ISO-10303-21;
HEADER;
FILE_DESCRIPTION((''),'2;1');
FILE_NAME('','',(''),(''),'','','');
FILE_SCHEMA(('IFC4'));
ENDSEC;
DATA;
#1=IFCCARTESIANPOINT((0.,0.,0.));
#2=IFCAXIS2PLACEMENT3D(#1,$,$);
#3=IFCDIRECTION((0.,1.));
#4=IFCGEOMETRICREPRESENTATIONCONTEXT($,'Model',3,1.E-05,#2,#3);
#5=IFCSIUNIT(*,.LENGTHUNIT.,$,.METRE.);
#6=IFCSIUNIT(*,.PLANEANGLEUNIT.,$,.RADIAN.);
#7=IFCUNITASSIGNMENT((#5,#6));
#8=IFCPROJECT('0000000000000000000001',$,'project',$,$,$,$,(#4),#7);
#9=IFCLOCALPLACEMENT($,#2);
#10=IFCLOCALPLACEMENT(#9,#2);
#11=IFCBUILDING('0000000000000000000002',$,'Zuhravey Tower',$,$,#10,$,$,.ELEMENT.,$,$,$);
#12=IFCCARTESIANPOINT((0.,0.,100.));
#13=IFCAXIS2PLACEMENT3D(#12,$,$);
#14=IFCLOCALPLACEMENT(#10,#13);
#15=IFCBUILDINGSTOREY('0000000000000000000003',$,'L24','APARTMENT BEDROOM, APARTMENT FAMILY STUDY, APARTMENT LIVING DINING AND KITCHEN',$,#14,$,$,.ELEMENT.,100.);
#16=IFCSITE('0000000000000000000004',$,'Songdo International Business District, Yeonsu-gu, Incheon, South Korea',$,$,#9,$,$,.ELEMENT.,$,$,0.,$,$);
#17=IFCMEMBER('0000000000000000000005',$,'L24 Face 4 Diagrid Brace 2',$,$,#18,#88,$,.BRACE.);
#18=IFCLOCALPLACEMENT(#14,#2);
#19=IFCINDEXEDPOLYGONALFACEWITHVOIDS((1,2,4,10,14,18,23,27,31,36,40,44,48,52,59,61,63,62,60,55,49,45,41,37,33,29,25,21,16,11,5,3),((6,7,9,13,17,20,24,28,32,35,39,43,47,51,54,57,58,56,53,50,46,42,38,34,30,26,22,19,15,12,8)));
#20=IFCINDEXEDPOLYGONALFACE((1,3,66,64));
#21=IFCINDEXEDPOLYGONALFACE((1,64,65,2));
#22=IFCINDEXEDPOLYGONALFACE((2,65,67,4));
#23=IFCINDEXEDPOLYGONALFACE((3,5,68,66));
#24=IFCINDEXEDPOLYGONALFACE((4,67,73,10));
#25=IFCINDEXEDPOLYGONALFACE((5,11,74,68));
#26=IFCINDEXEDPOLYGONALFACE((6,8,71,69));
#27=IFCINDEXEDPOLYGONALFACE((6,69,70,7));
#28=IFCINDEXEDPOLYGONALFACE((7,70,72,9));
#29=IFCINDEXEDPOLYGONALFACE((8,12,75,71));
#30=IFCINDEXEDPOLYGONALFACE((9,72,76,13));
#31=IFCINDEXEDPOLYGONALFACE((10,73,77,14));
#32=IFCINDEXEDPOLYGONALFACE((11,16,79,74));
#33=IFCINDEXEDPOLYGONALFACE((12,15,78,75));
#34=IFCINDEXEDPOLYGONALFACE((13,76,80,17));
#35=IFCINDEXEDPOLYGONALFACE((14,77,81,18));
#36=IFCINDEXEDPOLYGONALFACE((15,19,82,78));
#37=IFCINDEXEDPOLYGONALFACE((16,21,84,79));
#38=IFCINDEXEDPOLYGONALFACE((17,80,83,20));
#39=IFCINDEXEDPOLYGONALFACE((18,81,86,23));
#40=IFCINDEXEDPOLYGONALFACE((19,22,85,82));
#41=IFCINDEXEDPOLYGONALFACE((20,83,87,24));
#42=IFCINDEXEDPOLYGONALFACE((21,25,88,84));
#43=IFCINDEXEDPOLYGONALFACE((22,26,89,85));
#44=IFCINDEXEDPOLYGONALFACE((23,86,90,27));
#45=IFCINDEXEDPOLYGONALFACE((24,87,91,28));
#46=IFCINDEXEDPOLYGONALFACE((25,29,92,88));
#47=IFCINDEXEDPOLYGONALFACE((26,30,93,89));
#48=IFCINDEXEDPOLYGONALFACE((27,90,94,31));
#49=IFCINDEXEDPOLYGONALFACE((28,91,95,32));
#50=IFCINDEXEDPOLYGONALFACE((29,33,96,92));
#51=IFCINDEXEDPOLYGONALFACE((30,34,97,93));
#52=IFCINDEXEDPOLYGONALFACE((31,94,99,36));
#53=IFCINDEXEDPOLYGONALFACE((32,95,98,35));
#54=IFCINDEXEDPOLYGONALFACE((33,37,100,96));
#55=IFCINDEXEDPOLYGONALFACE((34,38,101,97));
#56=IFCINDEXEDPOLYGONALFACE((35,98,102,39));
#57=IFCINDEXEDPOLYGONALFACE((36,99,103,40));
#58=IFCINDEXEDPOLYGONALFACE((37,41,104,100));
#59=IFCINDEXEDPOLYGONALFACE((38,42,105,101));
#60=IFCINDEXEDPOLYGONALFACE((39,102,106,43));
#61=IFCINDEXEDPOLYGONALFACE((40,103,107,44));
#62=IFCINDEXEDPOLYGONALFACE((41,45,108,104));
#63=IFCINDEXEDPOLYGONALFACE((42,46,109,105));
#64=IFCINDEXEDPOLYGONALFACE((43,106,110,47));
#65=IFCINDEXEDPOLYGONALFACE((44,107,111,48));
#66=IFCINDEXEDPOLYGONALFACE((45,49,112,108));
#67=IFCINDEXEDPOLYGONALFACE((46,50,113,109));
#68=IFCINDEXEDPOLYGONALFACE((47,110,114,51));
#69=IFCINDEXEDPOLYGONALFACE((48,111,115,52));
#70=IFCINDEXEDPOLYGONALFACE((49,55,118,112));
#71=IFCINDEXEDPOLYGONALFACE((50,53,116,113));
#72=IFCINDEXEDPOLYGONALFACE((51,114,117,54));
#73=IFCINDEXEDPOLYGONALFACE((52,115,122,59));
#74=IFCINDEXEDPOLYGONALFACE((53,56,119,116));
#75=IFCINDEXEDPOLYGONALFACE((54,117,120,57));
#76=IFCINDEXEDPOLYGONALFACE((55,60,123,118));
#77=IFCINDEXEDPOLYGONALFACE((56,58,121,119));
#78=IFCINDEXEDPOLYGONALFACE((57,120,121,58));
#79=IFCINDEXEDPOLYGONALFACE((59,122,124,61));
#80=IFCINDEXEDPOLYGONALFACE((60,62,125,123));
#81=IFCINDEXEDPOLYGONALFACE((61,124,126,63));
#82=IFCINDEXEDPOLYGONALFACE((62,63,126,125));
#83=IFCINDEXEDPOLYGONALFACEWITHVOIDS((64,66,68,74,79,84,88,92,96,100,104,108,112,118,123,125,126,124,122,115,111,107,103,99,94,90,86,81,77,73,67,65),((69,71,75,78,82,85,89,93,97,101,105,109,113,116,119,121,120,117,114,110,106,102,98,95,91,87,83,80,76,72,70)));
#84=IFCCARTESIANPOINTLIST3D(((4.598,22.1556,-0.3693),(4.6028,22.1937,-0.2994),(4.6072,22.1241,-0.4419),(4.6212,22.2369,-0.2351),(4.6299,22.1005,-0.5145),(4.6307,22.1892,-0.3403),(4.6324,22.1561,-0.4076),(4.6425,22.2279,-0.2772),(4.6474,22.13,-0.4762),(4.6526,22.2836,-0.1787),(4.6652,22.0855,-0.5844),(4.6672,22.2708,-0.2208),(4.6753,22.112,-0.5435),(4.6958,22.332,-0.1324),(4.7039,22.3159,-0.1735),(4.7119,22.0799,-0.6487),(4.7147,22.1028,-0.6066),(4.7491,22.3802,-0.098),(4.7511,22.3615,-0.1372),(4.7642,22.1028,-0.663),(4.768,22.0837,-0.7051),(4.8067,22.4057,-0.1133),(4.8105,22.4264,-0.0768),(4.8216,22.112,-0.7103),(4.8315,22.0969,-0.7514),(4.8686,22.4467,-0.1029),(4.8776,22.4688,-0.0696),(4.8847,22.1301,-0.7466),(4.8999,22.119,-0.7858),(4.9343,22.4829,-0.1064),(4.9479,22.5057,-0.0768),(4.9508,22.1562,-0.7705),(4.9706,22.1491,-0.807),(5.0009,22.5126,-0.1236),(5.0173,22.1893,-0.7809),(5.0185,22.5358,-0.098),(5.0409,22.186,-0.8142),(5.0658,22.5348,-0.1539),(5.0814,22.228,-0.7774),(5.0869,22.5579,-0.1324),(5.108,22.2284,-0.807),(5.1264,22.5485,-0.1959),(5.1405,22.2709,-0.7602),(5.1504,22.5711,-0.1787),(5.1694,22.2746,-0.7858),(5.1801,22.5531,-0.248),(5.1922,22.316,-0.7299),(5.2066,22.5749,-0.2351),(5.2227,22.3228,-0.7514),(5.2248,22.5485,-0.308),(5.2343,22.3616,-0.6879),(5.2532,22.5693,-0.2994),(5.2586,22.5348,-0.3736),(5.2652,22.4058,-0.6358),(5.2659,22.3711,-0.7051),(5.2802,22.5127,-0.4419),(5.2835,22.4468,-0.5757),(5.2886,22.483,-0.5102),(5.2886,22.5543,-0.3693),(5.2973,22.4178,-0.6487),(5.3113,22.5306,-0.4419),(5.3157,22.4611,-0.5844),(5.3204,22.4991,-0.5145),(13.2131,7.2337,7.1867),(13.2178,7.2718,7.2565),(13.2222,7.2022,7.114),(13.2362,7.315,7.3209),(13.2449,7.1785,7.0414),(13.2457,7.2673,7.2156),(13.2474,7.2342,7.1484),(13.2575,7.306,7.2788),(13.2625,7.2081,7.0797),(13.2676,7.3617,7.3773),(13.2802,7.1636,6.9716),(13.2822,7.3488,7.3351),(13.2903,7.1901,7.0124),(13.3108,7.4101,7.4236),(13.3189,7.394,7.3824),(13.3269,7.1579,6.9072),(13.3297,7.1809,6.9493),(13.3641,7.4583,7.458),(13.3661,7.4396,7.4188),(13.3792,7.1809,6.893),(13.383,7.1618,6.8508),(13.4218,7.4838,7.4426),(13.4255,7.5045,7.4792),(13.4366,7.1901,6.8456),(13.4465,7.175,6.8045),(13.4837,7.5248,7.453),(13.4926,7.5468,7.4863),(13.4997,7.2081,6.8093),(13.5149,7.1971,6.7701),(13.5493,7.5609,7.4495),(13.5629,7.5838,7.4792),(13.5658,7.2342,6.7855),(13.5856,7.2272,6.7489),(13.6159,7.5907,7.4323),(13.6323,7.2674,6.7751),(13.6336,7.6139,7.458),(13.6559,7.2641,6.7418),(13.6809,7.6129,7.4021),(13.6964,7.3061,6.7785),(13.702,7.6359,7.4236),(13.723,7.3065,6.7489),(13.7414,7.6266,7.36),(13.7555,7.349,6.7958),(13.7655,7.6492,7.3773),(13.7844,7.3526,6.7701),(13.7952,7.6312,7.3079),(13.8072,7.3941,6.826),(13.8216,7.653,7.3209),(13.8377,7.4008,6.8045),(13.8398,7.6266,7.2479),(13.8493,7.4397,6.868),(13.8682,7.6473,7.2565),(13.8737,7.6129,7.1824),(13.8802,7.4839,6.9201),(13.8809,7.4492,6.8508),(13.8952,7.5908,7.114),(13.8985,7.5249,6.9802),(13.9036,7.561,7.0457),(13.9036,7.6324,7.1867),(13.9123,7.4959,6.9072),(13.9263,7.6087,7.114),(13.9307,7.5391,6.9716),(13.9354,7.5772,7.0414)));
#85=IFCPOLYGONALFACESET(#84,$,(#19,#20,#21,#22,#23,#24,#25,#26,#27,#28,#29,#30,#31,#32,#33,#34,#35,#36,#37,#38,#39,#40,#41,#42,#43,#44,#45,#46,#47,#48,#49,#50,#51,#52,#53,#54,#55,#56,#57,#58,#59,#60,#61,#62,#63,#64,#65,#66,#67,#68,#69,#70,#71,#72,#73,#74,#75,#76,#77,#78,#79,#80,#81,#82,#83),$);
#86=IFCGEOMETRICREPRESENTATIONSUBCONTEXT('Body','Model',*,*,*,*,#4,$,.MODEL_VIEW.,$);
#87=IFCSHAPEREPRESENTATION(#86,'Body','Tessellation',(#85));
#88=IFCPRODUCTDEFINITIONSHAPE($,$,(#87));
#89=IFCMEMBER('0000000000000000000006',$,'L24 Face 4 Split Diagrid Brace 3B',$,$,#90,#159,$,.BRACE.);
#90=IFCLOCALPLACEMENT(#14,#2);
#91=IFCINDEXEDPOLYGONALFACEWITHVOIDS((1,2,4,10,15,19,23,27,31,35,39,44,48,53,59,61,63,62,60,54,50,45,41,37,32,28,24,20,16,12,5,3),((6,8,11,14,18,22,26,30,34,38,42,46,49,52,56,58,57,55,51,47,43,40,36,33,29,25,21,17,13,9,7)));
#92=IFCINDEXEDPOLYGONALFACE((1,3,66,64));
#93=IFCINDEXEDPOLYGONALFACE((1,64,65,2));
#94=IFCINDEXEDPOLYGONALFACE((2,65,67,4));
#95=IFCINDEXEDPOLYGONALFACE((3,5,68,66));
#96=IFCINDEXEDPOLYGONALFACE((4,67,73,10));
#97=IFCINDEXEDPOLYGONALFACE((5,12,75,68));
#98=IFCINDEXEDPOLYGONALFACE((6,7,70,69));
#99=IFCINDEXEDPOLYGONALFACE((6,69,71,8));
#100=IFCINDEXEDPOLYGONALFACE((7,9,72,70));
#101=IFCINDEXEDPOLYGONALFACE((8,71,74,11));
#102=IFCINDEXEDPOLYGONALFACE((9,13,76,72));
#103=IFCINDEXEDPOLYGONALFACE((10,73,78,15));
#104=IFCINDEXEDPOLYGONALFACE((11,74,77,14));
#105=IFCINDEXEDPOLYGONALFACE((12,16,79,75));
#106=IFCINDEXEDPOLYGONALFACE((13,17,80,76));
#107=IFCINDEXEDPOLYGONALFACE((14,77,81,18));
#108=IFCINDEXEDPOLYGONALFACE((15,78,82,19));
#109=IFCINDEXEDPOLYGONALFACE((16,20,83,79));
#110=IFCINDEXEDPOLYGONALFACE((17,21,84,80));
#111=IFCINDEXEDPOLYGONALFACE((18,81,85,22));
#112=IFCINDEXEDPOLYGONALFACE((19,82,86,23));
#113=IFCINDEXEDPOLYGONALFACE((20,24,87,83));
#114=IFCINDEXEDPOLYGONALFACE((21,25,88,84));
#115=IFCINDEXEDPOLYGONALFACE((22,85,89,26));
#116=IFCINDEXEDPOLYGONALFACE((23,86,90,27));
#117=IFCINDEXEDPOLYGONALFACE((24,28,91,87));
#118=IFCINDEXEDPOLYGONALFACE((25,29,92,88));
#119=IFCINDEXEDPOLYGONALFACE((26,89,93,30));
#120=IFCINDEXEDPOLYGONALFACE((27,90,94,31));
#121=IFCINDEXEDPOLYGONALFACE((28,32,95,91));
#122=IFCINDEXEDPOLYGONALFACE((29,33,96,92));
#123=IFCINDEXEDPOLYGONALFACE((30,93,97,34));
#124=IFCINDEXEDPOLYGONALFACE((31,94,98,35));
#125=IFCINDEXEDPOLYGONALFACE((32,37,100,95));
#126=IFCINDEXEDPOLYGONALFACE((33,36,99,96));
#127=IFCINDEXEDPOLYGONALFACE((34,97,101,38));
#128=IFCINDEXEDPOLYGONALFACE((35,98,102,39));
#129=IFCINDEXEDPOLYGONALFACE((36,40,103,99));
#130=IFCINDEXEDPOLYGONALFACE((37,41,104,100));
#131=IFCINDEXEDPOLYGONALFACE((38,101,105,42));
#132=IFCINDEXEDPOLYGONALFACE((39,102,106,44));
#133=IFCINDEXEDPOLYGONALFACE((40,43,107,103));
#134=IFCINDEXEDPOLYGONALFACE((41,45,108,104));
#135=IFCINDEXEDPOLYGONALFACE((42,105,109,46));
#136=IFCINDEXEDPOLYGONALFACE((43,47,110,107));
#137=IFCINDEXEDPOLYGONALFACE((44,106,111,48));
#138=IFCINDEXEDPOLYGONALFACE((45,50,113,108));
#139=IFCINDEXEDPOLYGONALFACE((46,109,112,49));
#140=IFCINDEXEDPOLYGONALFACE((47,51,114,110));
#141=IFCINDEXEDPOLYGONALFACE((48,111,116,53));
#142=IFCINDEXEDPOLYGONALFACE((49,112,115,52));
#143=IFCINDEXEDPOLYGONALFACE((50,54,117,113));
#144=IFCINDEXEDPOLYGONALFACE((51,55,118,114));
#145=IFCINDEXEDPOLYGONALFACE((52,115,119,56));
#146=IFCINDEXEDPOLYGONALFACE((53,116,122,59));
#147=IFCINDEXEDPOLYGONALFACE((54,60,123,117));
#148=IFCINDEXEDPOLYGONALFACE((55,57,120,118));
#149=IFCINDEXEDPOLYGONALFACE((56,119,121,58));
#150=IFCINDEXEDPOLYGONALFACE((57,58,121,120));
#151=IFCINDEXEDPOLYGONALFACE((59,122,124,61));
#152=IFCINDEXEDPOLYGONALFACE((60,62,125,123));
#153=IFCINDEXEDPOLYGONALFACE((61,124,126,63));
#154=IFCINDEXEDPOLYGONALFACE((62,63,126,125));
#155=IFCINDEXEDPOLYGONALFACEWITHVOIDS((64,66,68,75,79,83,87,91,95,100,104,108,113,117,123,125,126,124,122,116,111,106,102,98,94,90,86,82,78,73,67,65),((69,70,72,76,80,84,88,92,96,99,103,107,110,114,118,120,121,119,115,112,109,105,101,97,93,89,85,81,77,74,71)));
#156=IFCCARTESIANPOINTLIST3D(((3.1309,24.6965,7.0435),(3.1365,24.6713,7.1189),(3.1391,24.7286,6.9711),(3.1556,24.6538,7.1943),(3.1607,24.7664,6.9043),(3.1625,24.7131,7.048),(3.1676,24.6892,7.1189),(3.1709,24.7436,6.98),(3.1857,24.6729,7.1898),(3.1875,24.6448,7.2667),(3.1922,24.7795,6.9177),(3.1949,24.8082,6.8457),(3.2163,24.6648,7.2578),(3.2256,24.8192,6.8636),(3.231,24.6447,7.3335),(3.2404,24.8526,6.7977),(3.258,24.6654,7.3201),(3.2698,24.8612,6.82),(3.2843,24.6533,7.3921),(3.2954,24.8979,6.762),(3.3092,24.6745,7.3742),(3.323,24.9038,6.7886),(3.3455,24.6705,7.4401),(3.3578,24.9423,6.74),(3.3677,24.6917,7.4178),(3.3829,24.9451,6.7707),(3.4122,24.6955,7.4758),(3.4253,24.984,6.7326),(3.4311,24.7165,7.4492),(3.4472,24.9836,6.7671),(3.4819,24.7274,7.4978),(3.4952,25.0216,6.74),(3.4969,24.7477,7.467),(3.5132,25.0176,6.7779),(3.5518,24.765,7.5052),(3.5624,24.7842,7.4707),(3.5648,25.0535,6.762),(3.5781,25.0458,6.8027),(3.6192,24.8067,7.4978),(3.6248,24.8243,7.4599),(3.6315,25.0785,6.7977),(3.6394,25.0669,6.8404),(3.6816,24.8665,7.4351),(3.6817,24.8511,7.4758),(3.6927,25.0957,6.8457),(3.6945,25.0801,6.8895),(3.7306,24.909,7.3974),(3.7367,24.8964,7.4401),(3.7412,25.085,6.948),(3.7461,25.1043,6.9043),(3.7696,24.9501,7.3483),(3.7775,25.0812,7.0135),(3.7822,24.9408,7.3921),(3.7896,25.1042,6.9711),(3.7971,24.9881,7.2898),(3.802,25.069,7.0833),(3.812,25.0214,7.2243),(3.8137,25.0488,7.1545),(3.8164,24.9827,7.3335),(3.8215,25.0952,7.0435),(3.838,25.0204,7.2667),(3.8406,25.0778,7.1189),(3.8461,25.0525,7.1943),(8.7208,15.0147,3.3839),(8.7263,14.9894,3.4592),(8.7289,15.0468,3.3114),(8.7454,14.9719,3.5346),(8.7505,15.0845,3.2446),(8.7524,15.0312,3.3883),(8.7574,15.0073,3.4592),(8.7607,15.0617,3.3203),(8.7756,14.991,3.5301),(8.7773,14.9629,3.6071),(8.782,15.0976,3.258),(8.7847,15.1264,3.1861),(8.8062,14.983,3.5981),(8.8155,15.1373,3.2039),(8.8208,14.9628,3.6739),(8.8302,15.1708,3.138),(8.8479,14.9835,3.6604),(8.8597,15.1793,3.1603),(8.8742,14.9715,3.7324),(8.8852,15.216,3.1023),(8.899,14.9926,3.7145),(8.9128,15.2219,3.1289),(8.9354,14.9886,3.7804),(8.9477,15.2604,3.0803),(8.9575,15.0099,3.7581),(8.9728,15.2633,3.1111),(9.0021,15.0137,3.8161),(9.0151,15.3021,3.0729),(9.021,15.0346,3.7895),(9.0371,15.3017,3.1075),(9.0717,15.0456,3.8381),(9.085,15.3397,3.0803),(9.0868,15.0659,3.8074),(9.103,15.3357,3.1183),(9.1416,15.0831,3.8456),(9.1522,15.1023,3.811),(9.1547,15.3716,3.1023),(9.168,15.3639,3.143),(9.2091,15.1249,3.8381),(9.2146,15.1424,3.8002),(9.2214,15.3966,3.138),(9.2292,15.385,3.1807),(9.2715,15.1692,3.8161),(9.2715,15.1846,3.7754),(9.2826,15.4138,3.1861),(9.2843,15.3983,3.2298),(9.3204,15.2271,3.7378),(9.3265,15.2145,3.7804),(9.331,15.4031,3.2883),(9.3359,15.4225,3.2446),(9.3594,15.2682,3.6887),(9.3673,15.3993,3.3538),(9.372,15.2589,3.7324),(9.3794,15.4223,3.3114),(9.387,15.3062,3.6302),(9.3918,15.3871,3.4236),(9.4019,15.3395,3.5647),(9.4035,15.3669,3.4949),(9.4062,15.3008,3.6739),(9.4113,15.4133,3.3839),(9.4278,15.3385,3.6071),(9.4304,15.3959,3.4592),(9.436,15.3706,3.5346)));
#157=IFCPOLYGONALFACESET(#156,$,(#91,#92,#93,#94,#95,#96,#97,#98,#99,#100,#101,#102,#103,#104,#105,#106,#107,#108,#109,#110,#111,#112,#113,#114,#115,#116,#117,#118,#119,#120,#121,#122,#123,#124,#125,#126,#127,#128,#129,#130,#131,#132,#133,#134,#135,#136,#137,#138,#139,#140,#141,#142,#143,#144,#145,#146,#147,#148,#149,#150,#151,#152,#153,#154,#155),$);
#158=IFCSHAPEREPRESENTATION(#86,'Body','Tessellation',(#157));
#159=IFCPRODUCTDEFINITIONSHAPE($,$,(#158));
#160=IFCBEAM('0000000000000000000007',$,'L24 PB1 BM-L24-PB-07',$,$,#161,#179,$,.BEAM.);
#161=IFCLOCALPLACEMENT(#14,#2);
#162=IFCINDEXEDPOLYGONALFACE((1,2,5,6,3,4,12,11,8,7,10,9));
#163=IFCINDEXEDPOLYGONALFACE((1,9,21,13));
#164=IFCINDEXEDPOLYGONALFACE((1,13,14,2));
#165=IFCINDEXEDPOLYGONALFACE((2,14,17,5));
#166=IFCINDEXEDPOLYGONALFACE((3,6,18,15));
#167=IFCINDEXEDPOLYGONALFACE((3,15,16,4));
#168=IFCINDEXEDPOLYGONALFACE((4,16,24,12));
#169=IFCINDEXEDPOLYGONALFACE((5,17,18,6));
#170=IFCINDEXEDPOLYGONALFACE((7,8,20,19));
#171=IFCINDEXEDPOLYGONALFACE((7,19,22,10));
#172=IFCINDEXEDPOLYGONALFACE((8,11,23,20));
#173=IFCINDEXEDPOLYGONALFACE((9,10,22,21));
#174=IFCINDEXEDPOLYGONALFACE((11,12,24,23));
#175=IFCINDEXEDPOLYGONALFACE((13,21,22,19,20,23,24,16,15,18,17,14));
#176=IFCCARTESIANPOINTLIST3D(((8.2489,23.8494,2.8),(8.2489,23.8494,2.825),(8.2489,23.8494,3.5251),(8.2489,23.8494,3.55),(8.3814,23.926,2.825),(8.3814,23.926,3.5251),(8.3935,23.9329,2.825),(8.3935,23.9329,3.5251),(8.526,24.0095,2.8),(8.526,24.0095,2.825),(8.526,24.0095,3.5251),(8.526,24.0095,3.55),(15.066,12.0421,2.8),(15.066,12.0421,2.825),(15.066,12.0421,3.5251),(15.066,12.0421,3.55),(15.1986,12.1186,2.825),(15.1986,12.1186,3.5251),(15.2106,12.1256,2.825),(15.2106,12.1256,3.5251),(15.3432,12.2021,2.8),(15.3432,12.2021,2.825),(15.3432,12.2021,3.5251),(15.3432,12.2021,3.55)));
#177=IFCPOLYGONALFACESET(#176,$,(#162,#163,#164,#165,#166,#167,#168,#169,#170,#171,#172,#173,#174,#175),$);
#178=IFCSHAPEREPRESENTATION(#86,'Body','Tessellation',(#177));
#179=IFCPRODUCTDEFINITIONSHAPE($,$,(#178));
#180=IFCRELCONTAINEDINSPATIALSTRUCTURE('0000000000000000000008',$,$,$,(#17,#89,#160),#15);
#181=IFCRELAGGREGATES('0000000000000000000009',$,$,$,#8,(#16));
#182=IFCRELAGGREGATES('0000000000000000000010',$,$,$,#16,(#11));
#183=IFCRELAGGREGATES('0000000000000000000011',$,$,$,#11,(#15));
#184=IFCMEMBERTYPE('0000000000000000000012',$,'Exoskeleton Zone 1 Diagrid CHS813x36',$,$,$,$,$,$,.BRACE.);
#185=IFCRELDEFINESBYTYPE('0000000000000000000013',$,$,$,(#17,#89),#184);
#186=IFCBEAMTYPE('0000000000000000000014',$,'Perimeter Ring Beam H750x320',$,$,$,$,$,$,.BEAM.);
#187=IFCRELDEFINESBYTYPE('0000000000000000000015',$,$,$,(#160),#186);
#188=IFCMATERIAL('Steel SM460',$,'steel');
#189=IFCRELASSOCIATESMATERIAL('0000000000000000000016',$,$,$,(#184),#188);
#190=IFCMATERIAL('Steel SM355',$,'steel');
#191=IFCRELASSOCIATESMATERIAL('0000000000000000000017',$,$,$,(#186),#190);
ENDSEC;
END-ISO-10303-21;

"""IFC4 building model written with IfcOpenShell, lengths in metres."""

from ifc_helpers import new_model, si_unit, direction, frame, origin, origin_2d, place, context, subcontext, project, spatial, hollow_circle, i_section, extrude, material, material_profile, profile_set, type_object, element, save


model = new_model("IFC4")

# Units and contexts
model_context = context("Model", 3, precision=1e-05, world=origin(), true_north=direction((0.0, 1.0)))
body_context = subcontext(model_context, "Body", "Model", "MODEL_VIEW")
ifc_project = project(units=[si_unit("LENGTHUNIT", "METRE"), si_unit("PLANEANGLEUNIT", "RADIAN")], contexts=[model_context])

# Site, building, storey
site_placement = place(None, origin())
site = spatial("IfcSite", under=ifc_project, at=site_placement, Name="Songdo International Business District, Yeonsu-gu, Incheon, South Korea", CompositionType="ELEMENT", RefElevation=0.0)
building_placement = place(site_placement, origin())
building = spatial("IfcBuilding", under=site, at=building_placement, Name="Zuhravey Tower", CompositionType="ELEMENT")
storey_placement = place(building_placement, frame((0.0, 0.0, 100.0)))
storey = spatial("IfcBuildingStorey", under=building, at=storey_placement, Name="L24", Description="APARTMENT BEDROOM, APARTMENT FAMILY STUDY, APARTMENT LIVING DINING AND KITCHEN", CompositionType="ELEMENT", Elevation=100.0)

# Members
ifc_material_1 = material(Name="Steel SM355", Category="steel")
ifc_material_2 = material(Name="Steel SM460", Category="steel")
ifc_material_profile_1 = material_profile(ifc_material_2, hollow_circle(Radius=0.4065, WallThickness=0.0359, at=origin_2d()), Name="CHS-812.8x36")
ifc_profile_set_1 = profile_set([ifc_material_profile_1], Name="Steel SM460")
member_type_1 = type_object("IfcMemberType", Name="Exoskeleton Zone 1 Diagrid CHS813x36", PredefinedType="BRACE", material=ifc_profile_set_1)
member_1_placement = place(storey_placement, frame((4.9592, 22.3274, -0.4419), z_axis=(0.4579, -0.79312, 0.401608), x_axis=(0.866029, 0.499993, 0.0)))
element("IfcMember", 1, at=member_1_placement, inside=storey, type_object=member_type_1, Name="L24 Face 4 Diagrid Brace 2", PredefinedType="BRACE", context=body_context, shape_type="SweptSolid", body=[
    extrude(hollow_circle(Radius=0.4065, WallThickness=0.0359, at=origin_2d()), origin(), (0.0, 0.0, 1.0), 18.8142),
])
member_2_placement = place(storey_placement, frame((9.0784, 15.1926, 3.4592), z_axis=(-0.475188, 0.823049, 0.311105), x_axis=(-0.866025, -0.5, 0.0)))
element("IfcMember", 2, at=member_2_placement, inside=storey, type_object=member_type_1, Name="L24 Face 4 Split Diagrid Brace 3B", PredefinedType="BRACE", context=body_context, shape_type="SweptSolid", body=[
    extrude(hollow_circle(Radius=0.4065, WallThickness=0.0359, at=origin_2d()), origin(), (0.0, 0.0, 1.0), 11.7634),
])

# Beam
ifc_material_profile_2 = material_profile(ifc_material_1, i_section(OverallWidth=0.3201, OverallDepth=0.75, WebThickness=0.0139, FlangeThickness=0.0249, at=origin_2d()), Name="H-750x320x14x25")
ifc_profile_set_2 = profile_set([ifc_material_profile_2], Name="Steel SM355")
beam_type_1 = type_object("IfcBeamType", Name="Perimeter Ring Beam H750x320", PredefinedType="BEAM", material=ifc_profile_set_2)
beam_1_placement = place(storey_placement, frame((8.3875, 23.9294, 3.175), z_axis=(0.500008, -0.866021, 0.0), x_axis=(0.866021, 0.500008, 0.0)))
element("IfcBeam", 3, at=beam_1_placement, inside=storey, type_object=beam_type_1, Name="L24 PB1 BM-L24-PB-07", PredefinedType="BEAM", context=body_context, shape_type="SweptSolid", body=[
    extrude(i_section(OverallWidth=0.3201, OverallDepth=0.75, WebThickness=0.0139, FlangeThickness=0.0249, at=origin_2d()), origin(), (0.0, 0.0, 1.0), 13.634),
])

save(model, "model.ifc")
